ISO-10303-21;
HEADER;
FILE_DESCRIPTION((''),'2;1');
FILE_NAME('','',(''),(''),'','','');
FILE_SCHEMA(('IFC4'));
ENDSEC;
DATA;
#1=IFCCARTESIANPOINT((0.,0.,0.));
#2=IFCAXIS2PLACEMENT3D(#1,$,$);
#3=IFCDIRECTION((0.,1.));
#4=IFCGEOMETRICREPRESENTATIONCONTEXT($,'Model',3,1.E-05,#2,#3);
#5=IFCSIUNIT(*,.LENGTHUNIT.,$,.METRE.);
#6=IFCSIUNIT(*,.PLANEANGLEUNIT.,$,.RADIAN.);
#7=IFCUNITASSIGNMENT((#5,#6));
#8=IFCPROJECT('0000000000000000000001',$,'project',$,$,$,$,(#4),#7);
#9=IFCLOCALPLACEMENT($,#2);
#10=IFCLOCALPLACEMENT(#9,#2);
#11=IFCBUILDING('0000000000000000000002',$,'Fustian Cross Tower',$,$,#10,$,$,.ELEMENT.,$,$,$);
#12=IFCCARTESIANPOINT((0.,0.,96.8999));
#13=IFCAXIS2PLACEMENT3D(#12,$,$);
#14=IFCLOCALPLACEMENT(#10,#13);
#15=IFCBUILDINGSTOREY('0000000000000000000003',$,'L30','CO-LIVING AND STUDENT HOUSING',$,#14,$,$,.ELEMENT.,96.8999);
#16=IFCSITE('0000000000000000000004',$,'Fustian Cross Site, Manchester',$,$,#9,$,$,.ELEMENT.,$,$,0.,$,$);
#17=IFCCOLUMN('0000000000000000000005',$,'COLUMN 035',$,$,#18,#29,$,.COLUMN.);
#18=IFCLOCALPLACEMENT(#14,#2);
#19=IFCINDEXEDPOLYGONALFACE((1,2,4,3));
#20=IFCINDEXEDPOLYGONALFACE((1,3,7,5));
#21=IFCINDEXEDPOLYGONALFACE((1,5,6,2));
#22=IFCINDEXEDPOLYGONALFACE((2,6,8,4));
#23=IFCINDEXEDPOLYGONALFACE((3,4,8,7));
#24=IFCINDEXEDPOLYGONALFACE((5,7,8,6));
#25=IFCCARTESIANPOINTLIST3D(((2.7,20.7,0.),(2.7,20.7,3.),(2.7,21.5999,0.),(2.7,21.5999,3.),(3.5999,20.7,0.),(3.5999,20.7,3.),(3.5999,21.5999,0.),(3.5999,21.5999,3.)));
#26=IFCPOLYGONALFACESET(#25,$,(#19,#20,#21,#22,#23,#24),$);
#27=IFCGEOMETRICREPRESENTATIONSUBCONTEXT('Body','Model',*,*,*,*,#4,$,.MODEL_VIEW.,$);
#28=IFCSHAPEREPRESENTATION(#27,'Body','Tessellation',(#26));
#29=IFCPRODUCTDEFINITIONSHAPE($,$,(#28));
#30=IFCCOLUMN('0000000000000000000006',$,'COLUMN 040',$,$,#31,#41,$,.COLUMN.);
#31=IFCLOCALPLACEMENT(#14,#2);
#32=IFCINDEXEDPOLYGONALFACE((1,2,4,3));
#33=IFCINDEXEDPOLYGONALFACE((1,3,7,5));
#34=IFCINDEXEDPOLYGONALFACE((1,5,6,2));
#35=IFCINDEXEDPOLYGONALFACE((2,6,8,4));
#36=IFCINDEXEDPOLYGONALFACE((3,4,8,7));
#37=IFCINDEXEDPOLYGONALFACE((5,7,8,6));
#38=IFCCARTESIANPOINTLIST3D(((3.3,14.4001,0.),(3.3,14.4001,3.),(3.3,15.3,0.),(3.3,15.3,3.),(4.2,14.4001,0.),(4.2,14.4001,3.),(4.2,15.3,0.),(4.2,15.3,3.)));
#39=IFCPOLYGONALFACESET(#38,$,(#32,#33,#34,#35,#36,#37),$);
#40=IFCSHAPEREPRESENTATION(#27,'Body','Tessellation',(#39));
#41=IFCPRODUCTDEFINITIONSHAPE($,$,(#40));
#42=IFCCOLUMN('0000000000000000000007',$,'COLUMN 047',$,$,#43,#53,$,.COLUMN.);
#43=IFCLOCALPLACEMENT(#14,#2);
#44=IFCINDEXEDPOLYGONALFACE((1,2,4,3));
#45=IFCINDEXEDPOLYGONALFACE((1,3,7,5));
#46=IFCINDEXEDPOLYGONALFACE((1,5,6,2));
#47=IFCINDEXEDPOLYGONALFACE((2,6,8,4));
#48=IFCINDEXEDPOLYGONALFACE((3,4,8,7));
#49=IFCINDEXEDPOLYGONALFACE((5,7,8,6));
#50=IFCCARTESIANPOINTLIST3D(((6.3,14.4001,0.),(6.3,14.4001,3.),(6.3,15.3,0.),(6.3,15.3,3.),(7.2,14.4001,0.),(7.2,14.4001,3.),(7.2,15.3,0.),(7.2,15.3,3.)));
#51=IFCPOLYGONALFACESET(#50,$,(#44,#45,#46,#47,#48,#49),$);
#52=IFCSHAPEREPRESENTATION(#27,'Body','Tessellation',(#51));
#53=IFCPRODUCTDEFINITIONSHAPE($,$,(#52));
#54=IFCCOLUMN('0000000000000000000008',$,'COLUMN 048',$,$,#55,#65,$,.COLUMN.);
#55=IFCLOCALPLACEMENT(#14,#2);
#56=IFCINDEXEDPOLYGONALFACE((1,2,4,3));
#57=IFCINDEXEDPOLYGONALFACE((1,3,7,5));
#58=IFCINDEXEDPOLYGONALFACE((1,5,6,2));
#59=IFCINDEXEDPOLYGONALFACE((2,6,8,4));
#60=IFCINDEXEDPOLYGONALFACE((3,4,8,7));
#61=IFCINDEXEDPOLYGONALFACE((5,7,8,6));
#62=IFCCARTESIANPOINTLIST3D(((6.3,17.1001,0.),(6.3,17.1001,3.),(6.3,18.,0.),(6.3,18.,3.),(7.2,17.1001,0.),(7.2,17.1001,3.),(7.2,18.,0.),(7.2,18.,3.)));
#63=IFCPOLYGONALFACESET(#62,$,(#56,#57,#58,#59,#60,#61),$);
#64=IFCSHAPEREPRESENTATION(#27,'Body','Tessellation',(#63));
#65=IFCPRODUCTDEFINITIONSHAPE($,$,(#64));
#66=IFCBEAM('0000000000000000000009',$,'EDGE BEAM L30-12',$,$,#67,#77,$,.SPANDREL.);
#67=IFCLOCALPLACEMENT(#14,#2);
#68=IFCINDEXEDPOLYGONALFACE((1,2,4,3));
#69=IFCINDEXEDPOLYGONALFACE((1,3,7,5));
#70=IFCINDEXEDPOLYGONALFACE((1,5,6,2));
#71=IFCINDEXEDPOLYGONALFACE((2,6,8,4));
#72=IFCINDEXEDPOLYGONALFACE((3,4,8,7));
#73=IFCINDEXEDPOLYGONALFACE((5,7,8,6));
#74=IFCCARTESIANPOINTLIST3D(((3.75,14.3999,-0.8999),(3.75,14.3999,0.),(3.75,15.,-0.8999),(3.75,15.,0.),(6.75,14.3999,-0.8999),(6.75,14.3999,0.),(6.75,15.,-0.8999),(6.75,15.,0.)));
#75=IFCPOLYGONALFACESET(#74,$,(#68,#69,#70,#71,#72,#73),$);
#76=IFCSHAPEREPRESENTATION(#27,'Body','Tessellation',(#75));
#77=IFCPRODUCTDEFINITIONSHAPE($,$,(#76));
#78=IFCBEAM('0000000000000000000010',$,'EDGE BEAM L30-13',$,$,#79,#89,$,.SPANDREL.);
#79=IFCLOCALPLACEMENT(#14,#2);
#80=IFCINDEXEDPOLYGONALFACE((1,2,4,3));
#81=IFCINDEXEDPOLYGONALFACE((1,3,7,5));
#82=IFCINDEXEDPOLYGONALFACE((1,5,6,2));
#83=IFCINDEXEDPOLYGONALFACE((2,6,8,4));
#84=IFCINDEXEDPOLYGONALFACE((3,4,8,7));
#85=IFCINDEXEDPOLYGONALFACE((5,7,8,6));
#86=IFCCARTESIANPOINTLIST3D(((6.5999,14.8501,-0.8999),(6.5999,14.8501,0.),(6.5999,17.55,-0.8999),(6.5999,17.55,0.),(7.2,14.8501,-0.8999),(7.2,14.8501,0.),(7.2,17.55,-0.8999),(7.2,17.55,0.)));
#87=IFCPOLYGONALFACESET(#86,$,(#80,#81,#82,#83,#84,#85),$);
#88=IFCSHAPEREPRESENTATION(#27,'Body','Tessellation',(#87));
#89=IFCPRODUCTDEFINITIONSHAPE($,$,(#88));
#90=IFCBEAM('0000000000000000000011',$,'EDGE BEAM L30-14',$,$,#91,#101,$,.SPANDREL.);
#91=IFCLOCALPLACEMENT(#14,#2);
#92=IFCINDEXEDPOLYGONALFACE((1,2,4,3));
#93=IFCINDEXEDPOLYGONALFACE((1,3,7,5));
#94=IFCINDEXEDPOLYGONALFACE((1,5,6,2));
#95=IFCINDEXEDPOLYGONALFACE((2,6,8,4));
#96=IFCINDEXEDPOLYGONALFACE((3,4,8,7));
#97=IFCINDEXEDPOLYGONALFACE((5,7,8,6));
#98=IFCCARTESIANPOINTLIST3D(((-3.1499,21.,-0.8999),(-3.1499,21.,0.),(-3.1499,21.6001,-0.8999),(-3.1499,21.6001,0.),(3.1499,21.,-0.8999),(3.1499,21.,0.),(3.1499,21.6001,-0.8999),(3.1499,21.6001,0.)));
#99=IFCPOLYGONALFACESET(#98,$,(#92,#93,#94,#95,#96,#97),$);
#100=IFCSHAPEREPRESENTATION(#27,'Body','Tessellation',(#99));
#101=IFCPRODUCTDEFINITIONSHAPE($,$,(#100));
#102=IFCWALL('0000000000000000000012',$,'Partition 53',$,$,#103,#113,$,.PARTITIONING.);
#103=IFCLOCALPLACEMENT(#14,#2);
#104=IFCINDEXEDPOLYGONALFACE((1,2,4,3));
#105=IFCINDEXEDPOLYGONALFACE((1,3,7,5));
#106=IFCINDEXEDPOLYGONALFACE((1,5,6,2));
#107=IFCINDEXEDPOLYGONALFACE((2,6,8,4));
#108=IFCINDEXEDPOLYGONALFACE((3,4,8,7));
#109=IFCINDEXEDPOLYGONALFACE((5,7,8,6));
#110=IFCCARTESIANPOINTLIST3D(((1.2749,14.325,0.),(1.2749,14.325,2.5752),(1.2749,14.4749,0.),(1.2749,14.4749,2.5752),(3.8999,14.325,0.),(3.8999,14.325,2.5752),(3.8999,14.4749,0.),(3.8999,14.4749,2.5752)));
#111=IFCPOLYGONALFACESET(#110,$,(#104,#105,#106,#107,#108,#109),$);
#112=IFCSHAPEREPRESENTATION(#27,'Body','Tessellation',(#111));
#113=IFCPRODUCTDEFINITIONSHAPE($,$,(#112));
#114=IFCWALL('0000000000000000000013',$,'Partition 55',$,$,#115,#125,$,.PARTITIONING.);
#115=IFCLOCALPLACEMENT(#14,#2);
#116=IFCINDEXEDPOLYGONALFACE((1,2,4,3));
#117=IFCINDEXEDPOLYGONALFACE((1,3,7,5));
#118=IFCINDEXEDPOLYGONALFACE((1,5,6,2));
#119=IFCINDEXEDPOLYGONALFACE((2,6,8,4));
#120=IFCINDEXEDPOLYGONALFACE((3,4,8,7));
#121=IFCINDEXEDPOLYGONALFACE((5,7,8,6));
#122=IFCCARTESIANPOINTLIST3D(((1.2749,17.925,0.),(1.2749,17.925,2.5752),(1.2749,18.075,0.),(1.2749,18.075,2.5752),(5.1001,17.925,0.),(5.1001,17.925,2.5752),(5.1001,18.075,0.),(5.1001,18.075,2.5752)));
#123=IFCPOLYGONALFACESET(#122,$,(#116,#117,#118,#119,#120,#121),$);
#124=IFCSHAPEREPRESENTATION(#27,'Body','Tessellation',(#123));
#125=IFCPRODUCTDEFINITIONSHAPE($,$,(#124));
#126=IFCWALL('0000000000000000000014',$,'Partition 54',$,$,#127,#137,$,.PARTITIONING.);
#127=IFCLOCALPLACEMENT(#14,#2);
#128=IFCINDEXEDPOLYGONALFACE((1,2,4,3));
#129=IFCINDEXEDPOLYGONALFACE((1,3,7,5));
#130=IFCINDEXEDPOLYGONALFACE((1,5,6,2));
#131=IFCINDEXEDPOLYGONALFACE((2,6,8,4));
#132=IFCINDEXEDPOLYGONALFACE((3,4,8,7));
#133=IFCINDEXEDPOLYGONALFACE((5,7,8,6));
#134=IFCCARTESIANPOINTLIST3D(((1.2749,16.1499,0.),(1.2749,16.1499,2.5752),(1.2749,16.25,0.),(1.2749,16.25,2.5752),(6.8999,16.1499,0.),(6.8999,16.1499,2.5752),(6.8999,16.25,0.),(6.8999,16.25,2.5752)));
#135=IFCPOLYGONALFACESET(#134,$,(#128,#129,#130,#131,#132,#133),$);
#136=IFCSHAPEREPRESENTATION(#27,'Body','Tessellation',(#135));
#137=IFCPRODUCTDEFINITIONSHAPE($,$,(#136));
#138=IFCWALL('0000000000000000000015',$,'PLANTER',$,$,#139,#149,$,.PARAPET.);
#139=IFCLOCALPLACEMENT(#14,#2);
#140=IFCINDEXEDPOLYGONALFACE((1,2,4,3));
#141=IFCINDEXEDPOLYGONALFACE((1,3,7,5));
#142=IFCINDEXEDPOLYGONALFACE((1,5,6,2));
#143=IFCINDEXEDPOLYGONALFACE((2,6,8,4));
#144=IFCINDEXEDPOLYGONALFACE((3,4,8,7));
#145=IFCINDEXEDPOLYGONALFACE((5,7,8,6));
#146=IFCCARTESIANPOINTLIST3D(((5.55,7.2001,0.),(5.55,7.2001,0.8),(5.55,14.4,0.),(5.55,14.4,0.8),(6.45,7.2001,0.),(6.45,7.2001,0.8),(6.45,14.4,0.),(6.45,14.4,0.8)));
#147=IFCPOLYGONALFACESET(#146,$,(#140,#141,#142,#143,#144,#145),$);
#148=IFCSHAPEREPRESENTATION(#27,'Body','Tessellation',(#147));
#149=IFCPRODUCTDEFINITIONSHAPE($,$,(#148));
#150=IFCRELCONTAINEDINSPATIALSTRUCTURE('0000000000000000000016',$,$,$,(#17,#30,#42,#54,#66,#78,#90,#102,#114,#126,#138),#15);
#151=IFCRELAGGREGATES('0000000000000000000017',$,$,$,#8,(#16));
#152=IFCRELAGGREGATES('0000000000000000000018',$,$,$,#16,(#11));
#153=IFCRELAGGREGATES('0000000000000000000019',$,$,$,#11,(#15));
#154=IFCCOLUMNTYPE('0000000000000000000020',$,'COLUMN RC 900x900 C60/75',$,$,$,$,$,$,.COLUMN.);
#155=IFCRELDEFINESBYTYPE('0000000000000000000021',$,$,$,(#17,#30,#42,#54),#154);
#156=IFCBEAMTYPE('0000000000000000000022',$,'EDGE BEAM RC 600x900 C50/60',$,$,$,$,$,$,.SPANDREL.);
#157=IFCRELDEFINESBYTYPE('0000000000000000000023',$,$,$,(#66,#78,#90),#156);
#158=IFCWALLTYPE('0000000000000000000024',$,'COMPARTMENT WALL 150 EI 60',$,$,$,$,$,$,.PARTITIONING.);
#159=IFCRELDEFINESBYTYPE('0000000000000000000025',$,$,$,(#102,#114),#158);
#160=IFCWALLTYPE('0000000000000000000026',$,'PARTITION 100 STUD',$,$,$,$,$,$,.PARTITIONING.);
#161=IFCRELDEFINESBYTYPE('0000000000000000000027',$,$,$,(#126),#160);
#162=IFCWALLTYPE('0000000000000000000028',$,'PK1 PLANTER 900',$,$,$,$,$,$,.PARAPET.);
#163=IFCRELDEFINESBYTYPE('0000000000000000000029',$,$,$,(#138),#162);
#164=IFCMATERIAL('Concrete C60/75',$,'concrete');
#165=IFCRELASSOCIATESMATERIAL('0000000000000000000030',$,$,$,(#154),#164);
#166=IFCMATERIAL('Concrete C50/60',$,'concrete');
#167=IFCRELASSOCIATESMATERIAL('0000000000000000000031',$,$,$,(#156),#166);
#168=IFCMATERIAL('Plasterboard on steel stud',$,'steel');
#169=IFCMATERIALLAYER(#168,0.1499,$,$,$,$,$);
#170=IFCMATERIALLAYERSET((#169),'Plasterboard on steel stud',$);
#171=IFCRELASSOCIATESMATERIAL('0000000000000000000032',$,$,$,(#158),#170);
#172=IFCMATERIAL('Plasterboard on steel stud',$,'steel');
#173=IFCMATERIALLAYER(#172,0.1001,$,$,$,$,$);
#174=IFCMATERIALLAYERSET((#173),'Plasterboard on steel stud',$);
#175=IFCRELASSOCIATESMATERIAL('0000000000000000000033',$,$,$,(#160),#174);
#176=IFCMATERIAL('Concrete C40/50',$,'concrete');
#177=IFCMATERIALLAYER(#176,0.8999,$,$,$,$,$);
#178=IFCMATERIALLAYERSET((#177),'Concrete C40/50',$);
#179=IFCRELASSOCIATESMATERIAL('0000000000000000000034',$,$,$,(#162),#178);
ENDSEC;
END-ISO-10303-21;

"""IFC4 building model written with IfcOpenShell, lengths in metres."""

from ifc_helpers import new_model, si_unit, direction, frame, frame_2d, origin, origin_2d, place, context, subcontext, project, spatial, rectangle, extrude, material, layer, layer_set, material_profile, profile_set, type_object, element, save


model = new_model("IFC4")

# Units and contexts
model_context = context("Model", 3, precision=1e-05, world=origin(), true_north=direction((0.0, 1.0)))
body_context = subcontext(model_context, "Body", "Model", "MODEL_VIEW")
ifc_project = project(units=[si_unit("LENGTHUNIT", "METRE"), si_unit("PLANEANGLEUNIT", "RADIAN")], contexts=[model_context])

# Site, building, storey
site_placement = place(None, origin())
site = spatial("IfcSite", under=ifc_project, at=site_placement, Name="Fustian Cross Site, Manchester", CompositionType="ELEMENT", RefElevation=0.0)
building_placement = place(site_placement, origin())
building = spatial("IfcBuilding", under=site, at=building_placement, Name="Fustian Cross Tower", CompositionType="ELEMENT")
storey_placement = place(building_placement, frame((0.0, 0.0, 96.8999)))
storey = spatial("IfcBuildingStorey", under=building, at=storey_placement, Name="L30", Description="CO-LIVING AND STUDENT HOUSING", CompositionType="ELEMENT", Elevation=96.8999)

# Columns
ifc_material_1 = material(Name="Concrete C60/75", Category="concrete")
ifc_material_profile_1 = material_profile(ifc_material_1, rectangle(XDim=0.8999, YDim=0.8999, at=origin_2d()), Name="RC 900x900")
ifc_profile_set_1 = profile_set([ifc_material_profile_1], Name="Concrete C60/75")
column_type = type_object("IfcColumnType", Name="COLUMN RC 900x900 C60/75", PredefinedType="COLUMN", material=ifc_profile_set_1)
for number, where, z_axis, x_axis, name in (
    (1, (3.1499, 21.1499, 0.0), (0.0, 0.0, 1.0), (1.0, 0.0, 0.0), "COLUMN 035"),
    (2, (3.75, 14.8501, 0.0), (0.0, 0.0, 1.0), (1.0, 0.0, 0.0), "COLUMN 040"),
    (3, (6.75, 14.8501, 0.0), (0.0, 0.0, 1.0), (1.0, 0.0, 0.0), "COLUMN 047"),
    (4, (6.75, 17.55, 0.0), (0.0, 0.0, 1.0), (1.0, 0.0, 0.0), "COLUMN 048"),
):
    element("IfcColumn", number, at=place(storey_placement, frame(where, z_axis=z_axis, x_axis=x_axis)), inside=storey, type_object=column_type, Name=name, PredefinedType="COLUMN", context=body_context, shape_type="SweptSolid", body=[
        extrude(rectangle(XDim=0.8999, YDim=0.8999, at=origin_2d()), origin(), (0.0, 0.0, 1.0), 3.0),
    ])

# Beams
ifc_material_2 = material(Name="Concrete C50/60", Category="concrete")
ifc_material_profile_2 = material_profile(ifc_material_2, rectangle(XDim=0.6001, YDim=0.8999, at=origin_2d()), Name="RC 600x900")
ifc_profile_set_2 = profile_set([ifc_material_profile_2], Name="Concrete C50/60")
beam_type = type_object("IfcBeamType", Name="EDGE BEAM RC 600x900 C50/60", PredefinedType="SPANDREL", material=ifc_profile_set_2)
beam_1_placement = place(storey_placement, frame((3.75, 14.7, -0.45), z_axis=(1.0, 0.0, 0.0), x_axis=(0.0, 1.0, 0.0)))
element("IfcBeam", 5, at=beam_1_placement, inside=storey, type_object=beam_type, Name="EDGE BEAM L30-12", PredefinedType="SPANDREL", context=body_context, shape_type="SweptSolid", body=[
    extrude(rectangle(XDim=0.6001, YDim=0.8999, at=origin_2d()), origin(), (0.0, 0.0, 1.0), 3.0),
])
beam_2_placement = place(storey_placement, frame((6.8999, 14.8501, -0.45), z_axis=(0.0, 1.0, 0.0), x_axis=(-1.0, 0.0, 0.0)))
element("IfcBeam", 6, at=beam_2_placement, inside=storey, type_object=beam_type, Name="EDGE BEAM L30-13", PredefinedType="SPANDREL", context=body_context, shape_type="SweptSolid", body=[
    extrude(rectangle(XDim=0.6001, YDim=0.8999, at=origin_2d()), origin(), (0.0, 0.0, 1.0), 2.7),
])
beam_3_placement = place(storey_placement, frame((3.1499, 21.3, -0.45), z_axis=(-1.0, 0.0, 0.0), x_axis=(0.0, -1.0, 0.0)))
element("IfcBeam", 7, at=beam_3_placement, inside=storey, type_object=beam_type, Name="EDGE BEAM L30-14", PredefinedType="SPANDREL", context=body_context, shape_type="SweptSolid", body=[
    extrude(rectangle(XDim=0.6001, YDim=0.8999, at=origin_2d()), origin(), (0.0, 0.0, 1.0), 6.2998),
])

# Walls
ifc_material_3 = material(Name="Plasterboard on steel stud", Category="steel")
ifc_layer_1 = layer(ifc_material_3, 0.1499)
ifc_layer_set_1 = layer_set([ifc_layer_1], Name="Plasterboard on steel stud")
wall_type_1 = type_object("IfcWallType", Name="COMPARTMENT WALL 150 EI 60", PredefinedType="PARTITIONING", material=ifc_layer_set_1)
wall_1_placement = place(storey_placement, frame((1.2749, 14.3999, 0.0), z_axis=(0.0, 0.0, 1.0), x_axis=(1.0, 0.0, 0.0)))
element("IfcWall", 8, at=wall_1_placement, inside=storey, type_object=wall_type_1, Name="Partition 53", PredefinedType="PARTITIONING", context=body_context, shape_type="SweptSolid", body=[
    extrude(rectangle(XDim=2.625, YDim=0.1499, at=frame_2d((1.3125, 0.0))), origin(), (0.0, 0.0, 1.0), 2.5752),
])
wall_2_placement = place(storey_placement, frame((1.2749, 18.0, 0.0), z_axis=(0.0, 0.0, 1.0), x_axis=(1.0, 0.0, 0.0)))
element("IfcWall", 9, at=wall_2_placement, inside=storey, type_object=wall_type_1, Name="Partition 55", PredefinedType="PARTITIONING", context=body_context, shape_type="SweptSolid", body=[
    extrude(rectangle(XDim=3.8252, YDim=0.1499, at=frame_2d((1.9126, 0.0))), origin(), (0.0, 0.0, 1.0), 2.5752),
])
ifc_material_4 = material(Name="Plasterboard on steel stud", Category="steel")
ifc_layer_2 = layer(ifc_material_4, 0.1001)
ifc_layer_set_2 = layer_set([ifc_layer_2], Name="Plasterboard on steel stud")
wall_type_2 = type_object("IfcWallType", Name="PARTITION 100 STUD", PredefinedType="PARTITIONING", material=ifc_layer_set_2)
wall_3_placement = place(storey_placement, frame((1.2749, 16.2, 0.0), z_axis=(0.0, 0.0, 1.0), x_axis=(1.0, 0.0, 0.0)))
element("IfcWall", 10, at=wall_3_placement, inside=storey, type_object=wall_type_2, Name="Partition 54", PredefinedType="PARTITIONING", context=body_context, shape_type="SweptSolid", body=[
    extrude(rectangle(XDim=5.625, YDim=0.1001, at=frame_2d((2.8125, 0.0))), origin(), (0.0, 0.0, 1.0), 2.5752),
])
ifc_material_5 = material(Name="Concrete C40/50", Category="concrete")
ifc_layer_3 = layer(ifc_material_5, 0.8999)
ifc_layer_set_3 = layer_set([ifc_layer_3], Name="Concrete C40/50")
wall_type_3 = type_object("IfcWallType", Name="PK1 PLANTER 900", PredefinedType="PARAPET", material=ifc_layer_set_3)
wall_4_placement = place(storey_placement, frame((6.0, 7.2, 0.0), z_axis=(0.0, 0.0, 1.0), x_axis=(0.0, 1.0, 0.0)))
element("IfcWall", 11, at=wall_4_placement, inside=storey, type_object=wall_type_3, Name="PLANTER", PredefinedType="PARAPET", context=body_context, shape_type="SweptSolid", body=[
    extrude(rectangle(XDim=7.2, YDim=0.8999, at=frame_2d((3.6001, 0.0))), origin(), (0.0, 0.0, 1.0), 0.8),
])

save(model, "model.ifc")
